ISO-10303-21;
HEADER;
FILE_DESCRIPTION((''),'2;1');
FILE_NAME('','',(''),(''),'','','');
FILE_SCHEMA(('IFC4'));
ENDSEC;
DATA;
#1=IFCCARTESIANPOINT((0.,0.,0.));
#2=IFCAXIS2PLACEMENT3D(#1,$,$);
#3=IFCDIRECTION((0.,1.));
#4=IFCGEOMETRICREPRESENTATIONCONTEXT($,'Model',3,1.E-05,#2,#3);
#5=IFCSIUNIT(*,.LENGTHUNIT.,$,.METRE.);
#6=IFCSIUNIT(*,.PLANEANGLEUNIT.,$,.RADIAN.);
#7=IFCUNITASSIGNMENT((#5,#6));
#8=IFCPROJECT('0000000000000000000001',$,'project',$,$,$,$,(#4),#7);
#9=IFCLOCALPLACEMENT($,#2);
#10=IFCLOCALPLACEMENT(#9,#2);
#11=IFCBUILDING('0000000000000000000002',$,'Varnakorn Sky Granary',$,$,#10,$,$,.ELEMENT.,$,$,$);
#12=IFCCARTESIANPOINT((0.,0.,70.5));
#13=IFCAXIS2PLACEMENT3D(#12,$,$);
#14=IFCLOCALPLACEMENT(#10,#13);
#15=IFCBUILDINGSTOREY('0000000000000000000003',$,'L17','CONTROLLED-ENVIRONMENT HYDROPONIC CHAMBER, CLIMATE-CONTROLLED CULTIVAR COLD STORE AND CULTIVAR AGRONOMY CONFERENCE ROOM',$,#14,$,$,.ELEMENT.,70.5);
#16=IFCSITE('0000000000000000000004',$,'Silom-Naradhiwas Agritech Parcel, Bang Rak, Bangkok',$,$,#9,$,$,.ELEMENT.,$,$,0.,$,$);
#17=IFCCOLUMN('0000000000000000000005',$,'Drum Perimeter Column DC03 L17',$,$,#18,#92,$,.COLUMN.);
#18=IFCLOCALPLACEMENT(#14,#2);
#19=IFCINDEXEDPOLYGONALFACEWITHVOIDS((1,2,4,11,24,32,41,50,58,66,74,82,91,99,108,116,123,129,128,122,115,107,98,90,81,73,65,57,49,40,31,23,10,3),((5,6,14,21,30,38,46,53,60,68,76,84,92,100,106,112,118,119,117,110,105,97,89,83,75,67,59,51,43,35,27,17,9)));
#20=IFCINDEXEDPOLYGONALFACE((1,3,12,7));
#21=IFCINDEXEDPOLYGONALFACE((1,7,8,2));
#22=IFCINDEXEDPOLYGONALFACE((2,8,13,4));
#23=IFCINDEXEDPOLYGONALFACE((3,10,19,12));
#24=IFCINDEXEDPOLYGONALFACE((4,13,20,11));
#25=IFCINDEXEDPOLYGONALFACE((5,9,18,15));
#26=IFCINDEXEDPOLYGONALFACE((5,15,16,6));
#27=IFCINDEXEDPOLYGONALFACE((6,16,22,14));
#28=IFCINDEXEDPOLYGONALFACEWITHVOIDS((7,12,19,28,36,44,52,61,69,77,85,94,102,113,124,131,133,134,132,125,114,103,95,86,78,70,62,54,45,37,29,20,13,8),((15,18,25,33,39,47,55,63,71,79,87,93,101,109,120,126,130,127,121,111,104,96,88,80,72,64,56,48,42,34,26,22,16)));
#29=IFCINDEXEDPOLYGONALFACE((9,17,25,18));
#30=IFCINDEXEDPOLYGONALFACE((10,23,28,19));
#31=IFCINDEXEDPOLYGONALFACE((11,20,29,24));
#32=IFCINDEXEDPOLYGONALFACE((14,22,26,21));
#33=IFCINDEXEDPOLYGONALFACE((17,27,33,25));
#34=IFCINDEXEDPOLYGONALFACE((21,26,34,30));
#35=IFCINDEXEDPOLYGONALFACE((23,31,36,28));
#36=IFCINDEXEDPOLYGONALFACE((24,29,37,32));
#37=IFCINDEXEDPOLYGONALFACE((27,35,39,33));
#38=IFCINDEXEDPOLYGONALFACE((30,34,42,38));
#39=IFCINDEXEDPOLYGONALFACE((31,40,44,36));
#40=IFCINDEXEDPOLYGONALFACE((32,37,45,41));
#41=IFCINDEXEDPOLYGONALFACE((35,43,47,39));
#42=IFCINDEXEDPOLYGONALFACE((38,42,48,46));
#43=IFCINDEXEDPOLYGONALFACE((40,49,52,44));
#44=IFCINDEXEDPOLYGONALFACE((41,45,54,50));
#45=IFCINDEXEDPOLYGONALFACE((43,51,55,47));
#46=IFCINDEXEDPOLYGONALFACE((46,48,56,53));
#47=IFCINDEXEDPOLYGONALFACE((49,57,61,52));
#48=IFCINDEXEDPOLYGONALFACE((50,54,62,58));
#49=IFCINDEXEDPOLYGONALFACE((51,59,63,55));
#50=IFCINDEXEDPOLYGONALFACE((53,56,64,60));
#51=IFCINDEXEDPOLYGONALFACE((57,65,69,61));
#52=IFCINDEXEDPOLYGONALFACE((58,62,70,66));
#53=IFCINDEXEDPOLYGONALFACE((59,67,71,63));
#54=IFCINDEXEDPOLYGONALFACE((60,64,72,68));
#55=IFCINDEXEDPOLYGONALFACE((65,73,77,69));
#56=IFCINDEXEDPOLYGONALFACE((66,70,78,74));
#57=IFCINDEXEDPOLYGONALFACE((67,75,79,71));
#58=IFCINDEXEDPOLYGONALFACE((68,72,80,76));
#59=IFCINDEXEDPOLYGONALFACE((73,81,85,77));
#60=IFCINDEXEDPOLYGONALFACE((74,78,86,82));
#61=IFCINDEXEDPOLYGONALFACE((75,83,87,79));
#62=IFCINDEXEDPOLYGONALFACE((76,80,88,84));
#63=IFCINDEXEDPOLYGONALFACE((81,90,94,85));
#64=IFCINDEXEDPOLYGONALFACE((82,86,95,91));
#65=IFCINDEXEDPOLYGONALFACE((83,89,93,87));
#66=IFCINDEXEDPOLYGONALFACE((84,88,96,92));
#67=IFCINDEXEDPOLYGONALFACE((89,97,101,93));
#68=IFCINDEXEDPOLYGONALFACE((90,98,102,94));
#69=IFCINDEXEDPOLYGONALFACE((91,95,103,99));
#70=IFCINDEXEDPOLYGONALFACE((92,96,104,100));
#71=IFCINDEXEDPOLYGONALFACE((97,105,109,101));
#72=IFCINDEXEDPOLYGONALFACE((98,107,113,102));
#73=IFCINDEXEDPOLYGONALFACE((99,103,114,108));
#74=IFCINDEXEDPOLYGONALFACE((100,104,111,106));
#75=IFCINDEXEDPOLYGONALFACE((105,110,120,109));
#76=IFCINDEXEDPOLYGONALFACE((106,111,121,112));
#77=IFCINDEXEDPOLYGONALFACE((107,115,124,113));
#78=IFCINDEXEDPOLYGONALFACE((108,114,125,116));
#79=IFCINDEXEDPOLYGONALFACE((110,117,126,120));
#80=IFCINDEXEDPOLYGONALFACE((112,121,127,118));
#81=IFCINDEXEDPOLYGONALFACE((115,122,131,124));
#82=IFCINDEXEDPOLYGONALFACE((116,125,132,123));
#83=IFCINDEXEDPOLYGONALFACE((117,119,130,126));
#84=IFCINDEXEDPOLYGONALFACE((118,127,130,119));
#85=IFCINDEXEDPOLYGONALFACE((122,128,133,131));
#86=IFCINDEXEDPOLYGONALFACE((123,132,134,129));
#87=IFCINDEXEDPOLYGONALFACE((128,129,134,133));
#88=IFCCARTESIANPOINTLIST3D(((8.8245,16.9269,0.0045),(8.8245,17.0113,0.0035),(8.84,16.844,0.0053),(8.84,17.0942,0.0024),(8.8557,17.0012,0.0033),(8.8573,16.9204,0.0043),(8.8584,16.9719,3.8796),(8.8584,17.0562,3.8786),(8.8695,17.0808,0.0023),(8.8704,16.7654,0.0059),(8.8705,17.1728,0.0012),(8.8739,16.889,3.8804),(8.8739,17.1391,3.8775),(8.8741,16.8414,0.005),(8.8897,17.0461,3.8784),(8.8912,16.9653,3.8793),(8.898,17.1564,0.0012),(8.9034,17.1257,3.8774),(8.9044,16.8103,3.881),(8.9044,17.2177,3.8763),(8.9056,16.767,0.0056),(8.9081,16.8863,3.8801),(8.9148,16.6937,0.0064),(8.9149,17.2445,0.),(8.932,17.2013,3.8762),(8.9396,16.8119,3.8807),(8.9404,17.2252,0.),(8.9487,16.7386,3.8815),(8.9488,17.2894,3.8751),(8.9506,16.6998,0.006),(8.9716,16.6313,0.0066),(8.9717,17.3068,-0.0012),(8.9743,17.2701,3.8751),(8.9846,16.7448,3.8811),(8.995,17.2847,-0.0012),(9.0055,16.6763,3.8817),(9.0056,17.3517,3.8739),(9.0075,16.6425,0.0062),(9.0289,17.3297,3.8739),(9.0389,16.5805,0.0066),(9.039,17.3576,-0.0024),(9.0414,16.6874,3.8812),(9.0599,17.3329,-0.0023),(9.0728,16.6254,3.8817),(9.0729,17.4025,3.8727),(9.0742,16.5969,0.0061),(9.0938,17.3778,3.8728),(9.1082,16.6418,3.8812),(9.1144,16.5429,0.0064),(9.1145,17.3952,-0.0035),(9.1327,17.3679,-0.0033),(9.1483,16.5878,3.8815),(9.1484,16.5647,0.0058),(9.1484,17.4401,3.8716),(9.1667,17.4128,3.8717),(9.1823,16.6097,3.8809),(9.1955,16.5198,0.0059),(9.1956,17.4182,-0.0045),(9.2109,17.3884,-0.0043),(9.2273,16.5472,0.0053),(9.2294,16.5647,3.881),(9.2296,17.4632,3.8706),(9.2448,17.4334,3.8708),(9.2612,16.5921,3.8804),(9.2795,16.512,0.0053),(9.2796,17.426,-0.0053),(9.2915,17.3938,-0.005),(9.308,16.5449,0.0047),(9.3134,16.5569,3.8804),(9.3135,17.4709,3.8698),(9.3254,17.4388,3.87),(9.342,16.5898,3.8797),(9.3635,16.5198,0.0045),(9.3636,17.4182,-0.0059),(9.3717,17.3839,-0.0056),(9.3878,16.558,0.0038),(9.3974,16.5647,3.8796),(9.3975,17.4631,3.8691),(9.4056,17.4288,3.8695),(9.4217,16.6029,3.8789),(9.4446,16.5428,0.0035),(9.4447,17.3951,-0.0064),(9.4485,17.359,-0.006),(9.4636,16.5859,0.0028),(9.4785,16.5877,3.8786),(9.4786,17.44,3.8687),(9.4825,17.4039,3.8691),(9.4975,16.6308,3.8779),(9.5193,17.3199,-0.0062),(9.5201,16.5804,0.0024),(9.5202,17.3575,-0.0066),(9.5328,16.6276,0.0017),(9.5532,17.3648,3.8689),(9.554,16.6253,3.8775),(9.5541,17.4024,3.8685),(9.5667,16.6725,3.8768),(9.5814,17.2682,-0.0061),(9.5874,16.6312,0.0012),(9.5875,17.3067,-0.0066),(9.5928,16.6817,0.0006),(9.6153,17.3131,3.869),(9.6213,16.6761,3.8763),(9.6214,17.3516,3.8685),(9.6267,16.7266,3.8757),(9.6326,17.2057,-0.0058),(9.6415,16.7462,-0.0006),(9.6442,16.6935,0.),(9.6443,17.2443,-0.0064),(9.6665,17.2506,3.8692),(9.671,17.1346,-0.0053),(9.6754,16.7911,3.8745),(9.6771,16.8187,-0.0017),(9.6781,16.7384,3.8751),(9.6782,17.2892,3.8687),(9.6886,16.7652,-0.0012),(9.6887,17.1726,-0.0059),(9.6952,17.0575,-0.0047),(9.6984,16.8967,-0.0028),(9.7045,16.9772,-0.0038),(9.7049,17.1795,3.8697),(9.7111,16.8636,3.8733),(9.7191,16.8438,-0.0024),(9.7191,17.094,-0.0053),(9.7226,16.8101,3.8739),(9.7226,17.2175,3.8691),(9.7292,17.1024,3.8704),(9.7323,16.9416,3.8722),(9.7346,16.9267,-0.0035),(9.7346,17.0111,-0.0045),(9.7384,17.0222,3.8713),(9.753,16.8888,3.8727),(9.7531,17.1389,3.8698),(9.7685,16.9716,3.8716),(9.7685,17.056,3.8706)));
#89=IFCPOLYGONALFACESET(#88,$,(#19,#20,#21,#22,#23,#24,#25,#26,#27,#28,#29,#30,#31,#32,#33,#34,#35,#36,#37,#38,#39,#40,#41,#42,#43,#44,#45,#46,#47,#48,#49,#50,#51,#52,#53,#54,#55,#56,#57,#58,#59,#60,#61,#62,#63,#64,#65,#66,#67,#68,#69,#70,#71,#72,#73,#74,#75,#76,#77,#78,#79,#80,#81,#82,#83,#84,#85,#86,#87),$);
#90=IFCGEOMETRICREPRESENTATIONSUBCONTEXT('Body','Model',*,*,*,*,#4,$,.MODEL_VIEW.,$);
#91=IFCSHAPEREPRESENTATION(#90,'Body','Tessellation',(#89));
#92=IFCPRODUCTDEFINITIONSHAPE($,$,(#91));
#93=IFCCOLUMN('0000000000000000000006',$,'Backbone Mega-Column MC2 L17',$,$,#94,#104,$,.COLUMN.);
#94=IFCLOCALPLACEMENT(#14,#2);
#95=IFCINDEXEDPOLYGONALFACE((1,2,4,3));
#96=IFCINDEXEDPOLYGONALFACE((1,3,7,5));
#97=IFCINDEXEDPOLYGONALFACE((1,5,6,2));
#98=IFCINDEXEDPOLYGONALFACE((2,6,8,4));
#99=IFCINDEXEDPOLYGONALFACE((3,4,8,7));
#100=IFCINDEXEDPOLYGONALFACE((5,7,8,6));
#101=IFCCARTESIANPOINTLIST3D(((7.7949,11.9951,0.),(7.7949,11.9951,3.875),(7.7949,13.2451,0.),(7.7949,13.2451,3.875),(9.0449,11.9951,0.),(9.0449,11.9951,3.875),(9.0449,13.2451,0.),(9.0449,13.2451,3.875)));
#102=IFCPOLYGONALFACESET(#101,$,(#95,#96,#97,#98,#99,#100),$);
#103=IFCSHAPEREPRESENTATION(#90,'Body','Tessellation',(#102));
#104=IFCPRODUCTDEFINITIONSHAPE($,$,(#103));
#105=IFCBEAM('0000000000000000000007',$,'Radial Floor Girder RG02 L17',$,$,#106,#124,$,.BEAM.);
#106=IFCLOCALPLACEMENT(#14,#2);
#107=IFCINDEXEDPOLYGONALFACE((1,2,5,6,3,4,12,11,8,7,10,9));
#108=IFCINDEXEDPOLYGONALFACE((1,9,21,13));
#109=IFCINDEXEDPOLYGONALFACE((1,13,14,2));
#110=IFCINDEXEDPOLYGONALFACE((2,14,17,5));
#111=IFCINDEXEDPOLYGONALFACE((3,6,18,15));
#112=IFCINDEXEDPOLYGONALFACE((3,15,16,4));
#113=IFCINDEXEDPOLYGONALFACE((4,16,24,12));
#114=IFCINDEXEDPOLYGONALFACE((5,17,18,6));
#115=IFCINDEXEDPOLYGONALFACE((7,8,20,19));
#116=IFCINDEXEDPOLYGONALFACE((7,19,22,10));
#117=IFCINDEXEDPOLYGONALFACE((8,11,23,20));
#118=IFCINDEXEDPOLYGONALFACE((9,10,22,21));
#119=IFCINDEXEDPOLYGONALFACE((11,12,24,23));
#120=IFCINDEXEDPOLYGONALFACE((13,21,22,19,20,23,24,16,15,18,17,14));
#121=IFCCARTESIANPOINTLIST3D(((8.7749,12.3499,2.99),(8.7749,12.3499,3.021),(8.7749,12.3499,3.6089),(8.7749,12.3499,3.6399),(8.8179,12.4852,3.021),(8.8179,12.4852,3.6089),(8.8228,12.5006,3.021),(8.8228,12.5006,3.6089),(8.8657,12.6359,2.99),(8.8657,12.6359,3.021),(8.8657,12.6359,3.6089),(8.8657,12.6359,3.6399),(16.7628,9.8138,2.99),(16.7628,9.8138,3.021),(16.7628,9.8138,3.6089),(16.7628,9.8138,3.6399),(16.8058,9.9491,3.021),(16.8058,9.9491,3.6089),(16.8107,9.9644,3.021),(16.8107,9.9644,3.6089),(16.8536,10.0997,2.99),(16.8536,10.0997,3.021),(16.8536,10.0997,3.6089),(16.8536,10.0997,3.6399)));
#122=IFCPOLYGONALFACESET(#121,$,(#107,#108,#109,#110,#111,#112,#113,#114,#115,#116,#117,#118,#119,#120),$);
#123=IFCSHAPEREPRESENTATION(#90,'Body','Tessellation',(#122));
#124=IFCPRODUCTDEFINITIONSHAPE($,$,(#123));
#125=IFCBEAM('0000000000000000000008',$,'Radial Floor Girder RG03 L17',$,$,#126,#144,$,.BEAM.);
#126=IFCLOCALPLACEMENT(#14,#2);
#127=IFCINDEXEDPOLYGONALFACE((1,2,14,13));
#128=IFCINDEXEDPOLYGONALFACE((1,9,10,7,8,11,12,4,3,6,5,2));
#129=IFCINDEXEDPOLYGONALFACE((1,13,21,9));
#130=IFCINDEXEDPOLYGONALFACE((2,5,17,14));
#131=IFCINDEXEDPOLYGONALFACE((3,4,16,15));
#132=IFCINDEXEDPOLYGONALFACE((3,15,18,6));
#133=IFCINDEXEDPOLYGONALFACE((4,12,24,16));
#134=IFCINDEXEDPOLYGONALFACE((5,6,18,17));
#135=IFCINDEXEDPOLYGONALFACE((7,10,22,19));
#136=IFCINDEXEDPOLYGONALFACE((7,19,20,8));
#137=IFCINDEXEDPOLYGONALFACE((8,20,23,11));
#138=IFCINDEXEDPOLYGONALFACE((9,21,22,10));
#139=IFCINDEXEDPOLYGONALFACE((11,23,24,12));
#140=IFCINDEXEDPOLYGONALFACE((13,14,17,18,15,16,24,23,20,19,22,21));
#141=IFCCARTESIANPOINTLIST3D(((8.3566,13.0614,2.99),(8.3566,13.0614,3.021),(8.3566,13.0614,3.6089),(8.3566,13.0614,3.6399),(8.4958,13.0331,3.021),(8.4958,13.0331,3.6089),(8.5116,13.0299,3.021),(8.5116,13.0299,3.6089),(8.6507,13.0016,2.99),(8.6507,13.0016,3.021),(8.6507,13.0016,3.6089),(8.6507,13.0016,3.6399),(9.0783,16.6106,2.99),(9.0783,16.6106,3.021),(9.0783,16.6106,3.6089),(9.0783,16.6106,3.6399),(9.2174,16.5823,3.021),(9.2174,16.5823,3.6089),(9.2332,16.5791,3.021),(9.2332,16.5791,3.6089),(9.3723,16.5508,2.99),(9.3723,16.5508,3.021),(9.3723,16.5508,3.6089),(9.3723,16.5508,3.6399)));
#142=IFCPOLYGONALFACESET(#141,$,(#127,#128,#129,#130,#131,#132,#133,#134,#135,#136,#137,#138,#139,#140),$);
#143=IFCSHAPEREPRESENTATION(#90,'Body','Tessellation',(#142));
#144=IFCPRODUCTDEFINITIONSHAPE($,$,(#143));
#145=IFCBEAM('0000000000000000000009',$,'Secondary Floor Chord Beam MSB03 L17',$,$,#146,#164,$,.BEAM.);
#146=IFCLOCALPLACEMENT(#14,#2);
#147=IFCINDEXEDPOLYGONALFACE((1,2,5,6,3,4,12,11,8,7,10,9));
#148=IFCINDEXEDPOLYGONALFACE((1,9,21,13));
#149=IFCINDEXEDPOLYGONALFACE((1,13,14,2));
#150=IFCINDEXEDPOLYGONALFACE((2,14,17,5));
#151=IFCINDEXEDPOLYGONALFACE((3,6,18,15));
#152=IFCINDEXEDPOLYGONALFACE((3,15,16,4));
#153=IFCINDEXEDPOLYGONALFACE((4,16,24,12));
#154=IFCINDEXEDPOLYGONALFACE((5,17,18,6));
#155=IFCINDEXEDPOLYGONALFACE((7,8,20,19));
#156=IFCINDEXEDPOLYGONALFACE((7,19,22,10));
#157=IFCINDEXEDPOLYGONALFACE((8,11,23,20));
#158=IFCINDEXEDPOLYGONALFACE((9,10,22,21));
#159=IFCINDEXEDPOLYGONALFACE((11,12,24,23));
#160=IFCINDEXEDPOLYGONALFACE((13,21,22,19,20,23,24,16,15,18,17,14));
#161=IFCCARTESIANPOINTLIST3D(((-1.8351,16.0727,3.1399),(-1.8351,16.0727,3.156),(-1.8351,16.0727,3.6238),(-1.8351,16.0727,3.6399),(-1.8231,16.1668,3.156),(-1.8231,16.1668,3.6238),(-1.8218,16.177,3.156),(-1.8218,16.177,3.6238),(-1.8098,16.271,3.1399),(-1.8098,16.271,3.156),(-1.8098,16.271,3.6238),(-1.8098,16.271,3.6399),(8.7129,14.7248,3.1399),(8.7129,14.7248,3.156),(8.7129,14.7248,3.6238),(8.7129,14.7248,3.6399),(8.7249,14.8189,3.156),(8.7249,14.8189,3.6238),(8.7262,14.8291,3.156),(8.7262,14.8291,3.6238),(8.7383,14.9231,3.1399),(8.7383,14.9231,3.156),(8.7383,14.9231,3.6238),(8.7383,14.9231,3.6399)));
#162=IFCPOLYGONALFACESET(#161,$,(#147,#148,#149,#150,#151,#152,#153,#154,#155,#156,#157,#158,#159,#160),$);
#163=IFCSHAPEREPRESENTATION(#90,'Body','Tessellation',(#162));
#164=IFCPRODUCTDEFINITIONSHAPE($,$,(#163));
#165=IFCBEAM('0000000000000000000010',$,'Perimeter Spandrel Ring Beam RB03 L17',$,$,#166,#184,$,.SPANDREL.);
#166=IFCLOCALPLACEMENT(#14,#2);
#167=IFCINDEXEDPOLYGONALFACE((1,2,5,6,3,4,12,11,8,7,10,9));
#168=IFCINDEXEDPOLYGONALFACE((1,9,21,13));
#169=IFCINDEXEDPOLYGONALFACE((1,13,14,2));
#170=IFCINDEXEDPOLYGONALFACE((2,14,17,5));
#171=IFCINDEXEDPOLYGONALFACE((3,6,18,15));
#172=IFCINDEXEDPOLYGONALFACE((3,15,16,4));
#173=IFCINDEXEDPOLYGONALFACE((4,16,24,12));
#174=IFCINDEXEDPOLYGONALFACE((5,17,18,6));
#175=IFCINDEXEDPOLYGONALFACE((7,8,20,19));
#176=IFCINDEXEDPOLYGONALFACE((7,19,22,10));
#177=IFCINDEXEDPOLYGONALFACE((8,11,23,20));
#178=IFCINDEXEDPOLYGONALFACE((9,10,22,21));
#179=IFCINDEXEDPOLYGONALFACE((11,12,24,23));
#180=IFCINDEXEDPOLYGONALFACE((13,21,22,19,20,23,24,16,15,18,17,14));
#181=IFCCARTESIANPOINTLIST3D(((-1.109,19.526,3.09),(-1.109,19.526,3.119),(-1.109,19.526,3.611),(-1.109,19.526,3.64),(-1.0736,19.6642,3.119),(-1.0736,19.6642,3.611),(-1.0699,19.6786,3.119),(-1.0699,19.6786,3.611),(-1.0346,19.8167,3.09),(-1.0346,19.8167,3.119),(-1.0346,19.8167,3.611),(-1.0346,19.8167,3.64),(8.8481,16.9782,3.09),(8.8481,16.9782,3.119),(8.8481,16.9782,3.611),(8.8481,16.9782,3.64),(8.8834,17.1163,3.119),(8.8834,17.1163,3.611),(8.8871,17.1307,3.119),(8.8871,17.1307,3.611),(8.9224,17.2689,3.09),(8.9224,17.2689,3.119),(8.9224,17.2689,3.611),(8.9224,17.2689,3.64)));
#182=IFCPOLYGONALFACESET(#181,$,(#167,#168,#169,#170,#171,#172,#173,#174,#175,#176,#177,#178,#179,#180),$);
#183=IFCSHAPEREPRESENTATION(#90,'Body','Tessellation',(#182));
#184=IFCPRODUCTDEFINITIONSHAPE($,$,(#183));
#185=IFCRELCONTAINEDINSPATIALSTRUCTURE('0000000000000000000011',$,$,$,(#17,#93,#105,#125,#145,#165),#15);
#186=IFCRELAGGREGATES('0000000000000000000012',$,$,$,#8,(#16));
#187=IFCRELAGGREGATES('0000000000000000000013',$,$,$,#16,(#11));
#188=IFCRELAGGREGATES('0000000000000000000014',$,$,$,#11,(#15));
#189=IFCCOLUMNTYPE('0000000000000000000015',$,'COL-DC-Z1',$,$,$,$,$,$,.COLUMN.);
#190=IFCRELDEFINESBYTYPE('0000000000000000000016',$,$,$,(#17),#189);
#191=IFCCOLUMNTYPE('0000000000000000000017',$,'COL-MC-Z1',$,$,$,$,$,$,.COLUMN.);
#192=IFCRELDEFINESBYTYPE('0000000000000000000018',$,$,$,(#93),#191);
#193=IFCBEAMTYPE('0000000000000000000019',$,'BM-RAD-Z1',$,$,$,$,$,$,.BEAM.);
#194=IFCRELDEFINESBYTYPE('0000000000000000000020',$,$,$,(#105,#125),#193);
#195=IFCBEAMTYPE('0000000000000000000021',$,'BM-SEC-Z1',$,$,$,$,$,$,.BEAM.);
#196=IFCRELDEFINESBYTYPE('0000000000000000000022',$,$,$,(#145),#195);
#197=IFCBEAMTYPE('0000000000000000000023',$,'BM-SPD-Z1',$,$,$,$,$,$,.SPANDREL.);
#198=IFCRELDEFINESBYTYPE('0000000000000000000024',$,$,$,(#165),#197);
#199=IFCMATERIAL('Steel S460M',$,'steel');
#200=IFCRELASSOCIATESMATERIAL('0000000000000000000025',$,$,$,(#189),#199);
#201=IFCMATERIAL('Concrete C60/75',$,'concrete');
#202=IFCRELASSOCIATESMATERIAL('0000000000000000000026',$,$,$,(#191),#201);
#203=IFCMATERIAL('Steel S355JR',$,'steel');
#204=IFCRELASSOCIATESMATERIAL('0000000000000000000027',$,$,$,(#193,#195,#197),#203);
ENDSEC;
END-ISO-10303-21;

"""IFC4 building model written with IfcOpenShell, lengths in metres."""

from ifc_helpers import new_model, si_unit, direction, frame, origin, origin_2d, place, context, subcontext, project, spatial, rectangle, hollow_circle, i_section, extrude, material, material_profile, profile_set, type_object, element, save


model = new_model("IFC4")

# Units and contexts
model_context = context("Model", 3, precision=1e-05, world=origin(), true_north=direction((0.0, 1.0)))
body_context = subcontext(model_context, "Body", "Model", "MODEL_VIEW")
ifc_project = project(units=[si_unit("LENGTHUNIT", "METRE"), si_unit("PLANEANGLEUNIT", "RADIAN")], contexts=[model_context])

# Site, building, storey
site_placement = place(None, origin())
site = spatial("IfcSite", under=ifc_project, at=site_placement, Name="Silom-Naradhiwas Agritech Parcel, Bang Rak, Bangkok", CompositionType="ELEMENT", RefElevation=0.0)
building_placement = place(site_placement, origin())
building = spatial("IfcBuilding", under=site, at=building_placement, Name="Varnakorn Sky Granary", CompositionType="ELEMENT")
storey_placement = place(building_placement, frame((0.0, 0.0, 70.5)))
storey = spatial("IfcBuildingStorey", under=building, at=storey_placement, Name="L17", Description="CONTROLLED-ENVIRONMENT HYDROPONIC CHAMBER, CLIMATE-CONTROLLED CULTIVAR COLD STORE AND CULTIVAR AGRONOMY CONFERENCE ROOM", CompositionType="ELEMENT", Elevation=70.5)

# Columns
ifc_material_1 = material(Name="Steel S460M", Category="steel")
ifc_material_profile_1 = material_profile(ifc_material_1, hollow_circle(Radius=0.457, WallThickness=0.032, at=origin_2d()), Name="CHS 914x32")
ifc_profile_set_1 = profile_set([ifc_material_profile_1], Name="Steel S460M")
column_type_1 = type_object("IfcColumnType", Name="COL-DC-Z1", PredefinedType="COLUMN", material=ifc_profile_set_1)
column_1_placement = place(storey_placement, frame((9.2795, 16.969, 0.0), z_axis=(0.008757, 0.011592, 0.999894), x_axis=(-0.797914, 0.602772, 0.0)))
element("IfcColumn", 1, at=column_1_placement, inside=storey, type_object=column_type_1, Name="Drum Perimeter Column DC03 L17", PredefinedType="COLUMN", context=body_context, shape_type="SweptSolid", body=[
    extrude(hollow_circle(Radius=0.457, WallThickness=0.032, at=origin_2d()), origin(), (0.0, 0.0, 1.0), 3.8755),
])
ifc_material_2 = material(Name="Concrete C60/75", Category="concrete")
ifc_material_profile_2 = material_profile(ifc_material_2, rectangle(XDim=1.25, YDim=1.25, at=origin_2d()), Name="RC 1250x1250")
ifc_profile_set_2 = profile_set([ifc_material_profile_2], Name="Concrete C60/75")
column_type_2 = type_object("IfcColumnType", Name="COL-MC-Z1", PredefinedType="COLUMN", material=ifc_profile_set_2)
column_2_placement = place(storey_placement, frame((8.4199, 12.6201, 0.0), z_axis=(0.0, 0.0, 1.0), x_axis=(1.0, 0.0, 0.0)))
element("IfcColumn", 2, at=column_2_placement, inside=storey, type_object=column_type_2, Name="Backbone Mega-Column MC2 L17", PredefinedType="COLUMN", context=body_context, shape_type="SweptSolid", body=[
    extrude(rectangle(XDim=1.25, YDim=1.25, at=origin_2d()), origin(), (0.0, 0.0, 1.0), 3.875),
])

# Beams
ifc_material_3 = material(Name="Steel S355JR", Category="steel")
ifc_material_profile_3 = material_profile(ifc_material_3, i_section(OverallWidth=0.3, OverallDepth=0.6499, WebThickness=0.0161, FlangeThickness=0.031, at=origin_2d()), Name="HE 650 B")
ifc_profile_set_3 = profile_set([ifc_material_profile_3], Name="Steel S355JR")
beam_type_1 = type_object("IfcBeamType", Name="BM-RAD-Z1", PredefinedType="BEAM", material=ifc_profile_set_3)
beam_1_placement = place(storey_placement, frame((8.8203, 12.4929, 3.3149), z_axis=(0.953113, -0.302614, 0.0), x_axis=(0.302614, 0.953113, 0.0)))
element("IfcBeam", 3, at=beam_1_placement, inside=storey, type_object=beam_type_1, Name="Radial Floor Girder RG02 L17", PredefinedType="BEAM", context=body_context, shape_type="SweptSolid", body=[
    extrude(i_section(OverallWidth=0.3, OverallDepth=0.6499, WebThickness=0.0161, FlangeThickness=0.031, at=origin_2d()), origin(), (0.0, 0.0, 1.0), 8.3809),
])
beam_2_placement = place(storey_placement, frame((8.5037, 13.0315, 3.3149), z_axis=(0.199252, 0.979948, 0.0), x_axis=(-0.979948, 0.199252, 0.0)))
element("IfcBeam", 4, at=beam_2_placement, inside=storey, type_object=beam_type_1, Name="Radial Floor Girder RG03 L17", PredefinedType="BEAM", context=body_context, shape_type="SweptSolid", body=[
    extrude(i_section(OverallWidth=0.3, OverallDepth=0.6499, WebThickness=0.0161, FlangeThickness=0.031, at=origin_2d()), origin(), (0.0, 0.0, 1.0), 3.6218),
])
ifc_material_profile_4 = material_profile(ifc_material_3, i_section(OverallWidth=0.2, OverallDepth=0.5, WebThickness=0.0103, FlangeThickness=0.0161, at=origin_2d()), Name="IPE 500")
ifc_profile_set_4 = profile_set([ifc_material_profile_4], Name="Steel S355JR")
beam_type_2 = type_object("IfcBeamType", Name="BM-SEC-Z1", PredefinedType="BEAM", material=ifc_profile_set_4)
beam_3_placement = place(storey_placement, frame((8.7256, 14.824, 3.3899), z_axis=(-0.991934, 0.126755, 0.0), x_axis=(-0.126755, -0.991934, 0.0)))
element("IfcBeam", 5, at=beam_3_placement, inside=storey, type_object=beam_type_2, Name="Secondary Floor Chord Beam MSB03 L17", PredefinedType="BEAM", context=body_context, shape_type="SweptSolid", body=[
    extrude(i_section(OverallWidth=0.2, OverallDepth=0.5, WebThickness=0.0103, FlangeThickness=0.0161, at=origin_2d()), origin(), (0.0, 0.0, 1.0), 10.6338),
])
ifc_material_profile_5 = material_profile(ifc_material_3, i_section(OverallWidth=0.3, OverallDepth=0.55, WebThickness=0.0149, FlangeThickness=0.0291, at=origin_2d()), Name="HE 550 B")
ifc_profile_set_5 = profile_set([ifc_material_profile_5], Name="Steel S355JR")
beam_type_3 = type_object("IfcBeamType", Name="BM-SPD-Z1", PredefinedType="SPANDREL", material=ifc_profile_set_5)
beam_4_placement = place(storey_placement, frame((8.8853, 17.1235, 3.365), z_axis=(-0.968786, 0.247898, 0.0), x_axis=(-0.247898, -0.968786, 0.0)))
element("IfcBeam", 6, at=beam_4_placement, inside=storey, type_object=beam_type_3, Name="Perimeter Spandrel Ring Beam RB03 L17", PredefinedType="SPANDREL", context=body_context, shape_type="SweptSolid", body=[
    extrude(i_section(OverallWidth=0.3, OverallDepth=0.55, WebThickness=0.0149, FlangeThickness=0.0291, at=origin_2d()), origin(), (0.0, 0.0, 1.0), 10.2778),
])

save(model, "model.ifc")
